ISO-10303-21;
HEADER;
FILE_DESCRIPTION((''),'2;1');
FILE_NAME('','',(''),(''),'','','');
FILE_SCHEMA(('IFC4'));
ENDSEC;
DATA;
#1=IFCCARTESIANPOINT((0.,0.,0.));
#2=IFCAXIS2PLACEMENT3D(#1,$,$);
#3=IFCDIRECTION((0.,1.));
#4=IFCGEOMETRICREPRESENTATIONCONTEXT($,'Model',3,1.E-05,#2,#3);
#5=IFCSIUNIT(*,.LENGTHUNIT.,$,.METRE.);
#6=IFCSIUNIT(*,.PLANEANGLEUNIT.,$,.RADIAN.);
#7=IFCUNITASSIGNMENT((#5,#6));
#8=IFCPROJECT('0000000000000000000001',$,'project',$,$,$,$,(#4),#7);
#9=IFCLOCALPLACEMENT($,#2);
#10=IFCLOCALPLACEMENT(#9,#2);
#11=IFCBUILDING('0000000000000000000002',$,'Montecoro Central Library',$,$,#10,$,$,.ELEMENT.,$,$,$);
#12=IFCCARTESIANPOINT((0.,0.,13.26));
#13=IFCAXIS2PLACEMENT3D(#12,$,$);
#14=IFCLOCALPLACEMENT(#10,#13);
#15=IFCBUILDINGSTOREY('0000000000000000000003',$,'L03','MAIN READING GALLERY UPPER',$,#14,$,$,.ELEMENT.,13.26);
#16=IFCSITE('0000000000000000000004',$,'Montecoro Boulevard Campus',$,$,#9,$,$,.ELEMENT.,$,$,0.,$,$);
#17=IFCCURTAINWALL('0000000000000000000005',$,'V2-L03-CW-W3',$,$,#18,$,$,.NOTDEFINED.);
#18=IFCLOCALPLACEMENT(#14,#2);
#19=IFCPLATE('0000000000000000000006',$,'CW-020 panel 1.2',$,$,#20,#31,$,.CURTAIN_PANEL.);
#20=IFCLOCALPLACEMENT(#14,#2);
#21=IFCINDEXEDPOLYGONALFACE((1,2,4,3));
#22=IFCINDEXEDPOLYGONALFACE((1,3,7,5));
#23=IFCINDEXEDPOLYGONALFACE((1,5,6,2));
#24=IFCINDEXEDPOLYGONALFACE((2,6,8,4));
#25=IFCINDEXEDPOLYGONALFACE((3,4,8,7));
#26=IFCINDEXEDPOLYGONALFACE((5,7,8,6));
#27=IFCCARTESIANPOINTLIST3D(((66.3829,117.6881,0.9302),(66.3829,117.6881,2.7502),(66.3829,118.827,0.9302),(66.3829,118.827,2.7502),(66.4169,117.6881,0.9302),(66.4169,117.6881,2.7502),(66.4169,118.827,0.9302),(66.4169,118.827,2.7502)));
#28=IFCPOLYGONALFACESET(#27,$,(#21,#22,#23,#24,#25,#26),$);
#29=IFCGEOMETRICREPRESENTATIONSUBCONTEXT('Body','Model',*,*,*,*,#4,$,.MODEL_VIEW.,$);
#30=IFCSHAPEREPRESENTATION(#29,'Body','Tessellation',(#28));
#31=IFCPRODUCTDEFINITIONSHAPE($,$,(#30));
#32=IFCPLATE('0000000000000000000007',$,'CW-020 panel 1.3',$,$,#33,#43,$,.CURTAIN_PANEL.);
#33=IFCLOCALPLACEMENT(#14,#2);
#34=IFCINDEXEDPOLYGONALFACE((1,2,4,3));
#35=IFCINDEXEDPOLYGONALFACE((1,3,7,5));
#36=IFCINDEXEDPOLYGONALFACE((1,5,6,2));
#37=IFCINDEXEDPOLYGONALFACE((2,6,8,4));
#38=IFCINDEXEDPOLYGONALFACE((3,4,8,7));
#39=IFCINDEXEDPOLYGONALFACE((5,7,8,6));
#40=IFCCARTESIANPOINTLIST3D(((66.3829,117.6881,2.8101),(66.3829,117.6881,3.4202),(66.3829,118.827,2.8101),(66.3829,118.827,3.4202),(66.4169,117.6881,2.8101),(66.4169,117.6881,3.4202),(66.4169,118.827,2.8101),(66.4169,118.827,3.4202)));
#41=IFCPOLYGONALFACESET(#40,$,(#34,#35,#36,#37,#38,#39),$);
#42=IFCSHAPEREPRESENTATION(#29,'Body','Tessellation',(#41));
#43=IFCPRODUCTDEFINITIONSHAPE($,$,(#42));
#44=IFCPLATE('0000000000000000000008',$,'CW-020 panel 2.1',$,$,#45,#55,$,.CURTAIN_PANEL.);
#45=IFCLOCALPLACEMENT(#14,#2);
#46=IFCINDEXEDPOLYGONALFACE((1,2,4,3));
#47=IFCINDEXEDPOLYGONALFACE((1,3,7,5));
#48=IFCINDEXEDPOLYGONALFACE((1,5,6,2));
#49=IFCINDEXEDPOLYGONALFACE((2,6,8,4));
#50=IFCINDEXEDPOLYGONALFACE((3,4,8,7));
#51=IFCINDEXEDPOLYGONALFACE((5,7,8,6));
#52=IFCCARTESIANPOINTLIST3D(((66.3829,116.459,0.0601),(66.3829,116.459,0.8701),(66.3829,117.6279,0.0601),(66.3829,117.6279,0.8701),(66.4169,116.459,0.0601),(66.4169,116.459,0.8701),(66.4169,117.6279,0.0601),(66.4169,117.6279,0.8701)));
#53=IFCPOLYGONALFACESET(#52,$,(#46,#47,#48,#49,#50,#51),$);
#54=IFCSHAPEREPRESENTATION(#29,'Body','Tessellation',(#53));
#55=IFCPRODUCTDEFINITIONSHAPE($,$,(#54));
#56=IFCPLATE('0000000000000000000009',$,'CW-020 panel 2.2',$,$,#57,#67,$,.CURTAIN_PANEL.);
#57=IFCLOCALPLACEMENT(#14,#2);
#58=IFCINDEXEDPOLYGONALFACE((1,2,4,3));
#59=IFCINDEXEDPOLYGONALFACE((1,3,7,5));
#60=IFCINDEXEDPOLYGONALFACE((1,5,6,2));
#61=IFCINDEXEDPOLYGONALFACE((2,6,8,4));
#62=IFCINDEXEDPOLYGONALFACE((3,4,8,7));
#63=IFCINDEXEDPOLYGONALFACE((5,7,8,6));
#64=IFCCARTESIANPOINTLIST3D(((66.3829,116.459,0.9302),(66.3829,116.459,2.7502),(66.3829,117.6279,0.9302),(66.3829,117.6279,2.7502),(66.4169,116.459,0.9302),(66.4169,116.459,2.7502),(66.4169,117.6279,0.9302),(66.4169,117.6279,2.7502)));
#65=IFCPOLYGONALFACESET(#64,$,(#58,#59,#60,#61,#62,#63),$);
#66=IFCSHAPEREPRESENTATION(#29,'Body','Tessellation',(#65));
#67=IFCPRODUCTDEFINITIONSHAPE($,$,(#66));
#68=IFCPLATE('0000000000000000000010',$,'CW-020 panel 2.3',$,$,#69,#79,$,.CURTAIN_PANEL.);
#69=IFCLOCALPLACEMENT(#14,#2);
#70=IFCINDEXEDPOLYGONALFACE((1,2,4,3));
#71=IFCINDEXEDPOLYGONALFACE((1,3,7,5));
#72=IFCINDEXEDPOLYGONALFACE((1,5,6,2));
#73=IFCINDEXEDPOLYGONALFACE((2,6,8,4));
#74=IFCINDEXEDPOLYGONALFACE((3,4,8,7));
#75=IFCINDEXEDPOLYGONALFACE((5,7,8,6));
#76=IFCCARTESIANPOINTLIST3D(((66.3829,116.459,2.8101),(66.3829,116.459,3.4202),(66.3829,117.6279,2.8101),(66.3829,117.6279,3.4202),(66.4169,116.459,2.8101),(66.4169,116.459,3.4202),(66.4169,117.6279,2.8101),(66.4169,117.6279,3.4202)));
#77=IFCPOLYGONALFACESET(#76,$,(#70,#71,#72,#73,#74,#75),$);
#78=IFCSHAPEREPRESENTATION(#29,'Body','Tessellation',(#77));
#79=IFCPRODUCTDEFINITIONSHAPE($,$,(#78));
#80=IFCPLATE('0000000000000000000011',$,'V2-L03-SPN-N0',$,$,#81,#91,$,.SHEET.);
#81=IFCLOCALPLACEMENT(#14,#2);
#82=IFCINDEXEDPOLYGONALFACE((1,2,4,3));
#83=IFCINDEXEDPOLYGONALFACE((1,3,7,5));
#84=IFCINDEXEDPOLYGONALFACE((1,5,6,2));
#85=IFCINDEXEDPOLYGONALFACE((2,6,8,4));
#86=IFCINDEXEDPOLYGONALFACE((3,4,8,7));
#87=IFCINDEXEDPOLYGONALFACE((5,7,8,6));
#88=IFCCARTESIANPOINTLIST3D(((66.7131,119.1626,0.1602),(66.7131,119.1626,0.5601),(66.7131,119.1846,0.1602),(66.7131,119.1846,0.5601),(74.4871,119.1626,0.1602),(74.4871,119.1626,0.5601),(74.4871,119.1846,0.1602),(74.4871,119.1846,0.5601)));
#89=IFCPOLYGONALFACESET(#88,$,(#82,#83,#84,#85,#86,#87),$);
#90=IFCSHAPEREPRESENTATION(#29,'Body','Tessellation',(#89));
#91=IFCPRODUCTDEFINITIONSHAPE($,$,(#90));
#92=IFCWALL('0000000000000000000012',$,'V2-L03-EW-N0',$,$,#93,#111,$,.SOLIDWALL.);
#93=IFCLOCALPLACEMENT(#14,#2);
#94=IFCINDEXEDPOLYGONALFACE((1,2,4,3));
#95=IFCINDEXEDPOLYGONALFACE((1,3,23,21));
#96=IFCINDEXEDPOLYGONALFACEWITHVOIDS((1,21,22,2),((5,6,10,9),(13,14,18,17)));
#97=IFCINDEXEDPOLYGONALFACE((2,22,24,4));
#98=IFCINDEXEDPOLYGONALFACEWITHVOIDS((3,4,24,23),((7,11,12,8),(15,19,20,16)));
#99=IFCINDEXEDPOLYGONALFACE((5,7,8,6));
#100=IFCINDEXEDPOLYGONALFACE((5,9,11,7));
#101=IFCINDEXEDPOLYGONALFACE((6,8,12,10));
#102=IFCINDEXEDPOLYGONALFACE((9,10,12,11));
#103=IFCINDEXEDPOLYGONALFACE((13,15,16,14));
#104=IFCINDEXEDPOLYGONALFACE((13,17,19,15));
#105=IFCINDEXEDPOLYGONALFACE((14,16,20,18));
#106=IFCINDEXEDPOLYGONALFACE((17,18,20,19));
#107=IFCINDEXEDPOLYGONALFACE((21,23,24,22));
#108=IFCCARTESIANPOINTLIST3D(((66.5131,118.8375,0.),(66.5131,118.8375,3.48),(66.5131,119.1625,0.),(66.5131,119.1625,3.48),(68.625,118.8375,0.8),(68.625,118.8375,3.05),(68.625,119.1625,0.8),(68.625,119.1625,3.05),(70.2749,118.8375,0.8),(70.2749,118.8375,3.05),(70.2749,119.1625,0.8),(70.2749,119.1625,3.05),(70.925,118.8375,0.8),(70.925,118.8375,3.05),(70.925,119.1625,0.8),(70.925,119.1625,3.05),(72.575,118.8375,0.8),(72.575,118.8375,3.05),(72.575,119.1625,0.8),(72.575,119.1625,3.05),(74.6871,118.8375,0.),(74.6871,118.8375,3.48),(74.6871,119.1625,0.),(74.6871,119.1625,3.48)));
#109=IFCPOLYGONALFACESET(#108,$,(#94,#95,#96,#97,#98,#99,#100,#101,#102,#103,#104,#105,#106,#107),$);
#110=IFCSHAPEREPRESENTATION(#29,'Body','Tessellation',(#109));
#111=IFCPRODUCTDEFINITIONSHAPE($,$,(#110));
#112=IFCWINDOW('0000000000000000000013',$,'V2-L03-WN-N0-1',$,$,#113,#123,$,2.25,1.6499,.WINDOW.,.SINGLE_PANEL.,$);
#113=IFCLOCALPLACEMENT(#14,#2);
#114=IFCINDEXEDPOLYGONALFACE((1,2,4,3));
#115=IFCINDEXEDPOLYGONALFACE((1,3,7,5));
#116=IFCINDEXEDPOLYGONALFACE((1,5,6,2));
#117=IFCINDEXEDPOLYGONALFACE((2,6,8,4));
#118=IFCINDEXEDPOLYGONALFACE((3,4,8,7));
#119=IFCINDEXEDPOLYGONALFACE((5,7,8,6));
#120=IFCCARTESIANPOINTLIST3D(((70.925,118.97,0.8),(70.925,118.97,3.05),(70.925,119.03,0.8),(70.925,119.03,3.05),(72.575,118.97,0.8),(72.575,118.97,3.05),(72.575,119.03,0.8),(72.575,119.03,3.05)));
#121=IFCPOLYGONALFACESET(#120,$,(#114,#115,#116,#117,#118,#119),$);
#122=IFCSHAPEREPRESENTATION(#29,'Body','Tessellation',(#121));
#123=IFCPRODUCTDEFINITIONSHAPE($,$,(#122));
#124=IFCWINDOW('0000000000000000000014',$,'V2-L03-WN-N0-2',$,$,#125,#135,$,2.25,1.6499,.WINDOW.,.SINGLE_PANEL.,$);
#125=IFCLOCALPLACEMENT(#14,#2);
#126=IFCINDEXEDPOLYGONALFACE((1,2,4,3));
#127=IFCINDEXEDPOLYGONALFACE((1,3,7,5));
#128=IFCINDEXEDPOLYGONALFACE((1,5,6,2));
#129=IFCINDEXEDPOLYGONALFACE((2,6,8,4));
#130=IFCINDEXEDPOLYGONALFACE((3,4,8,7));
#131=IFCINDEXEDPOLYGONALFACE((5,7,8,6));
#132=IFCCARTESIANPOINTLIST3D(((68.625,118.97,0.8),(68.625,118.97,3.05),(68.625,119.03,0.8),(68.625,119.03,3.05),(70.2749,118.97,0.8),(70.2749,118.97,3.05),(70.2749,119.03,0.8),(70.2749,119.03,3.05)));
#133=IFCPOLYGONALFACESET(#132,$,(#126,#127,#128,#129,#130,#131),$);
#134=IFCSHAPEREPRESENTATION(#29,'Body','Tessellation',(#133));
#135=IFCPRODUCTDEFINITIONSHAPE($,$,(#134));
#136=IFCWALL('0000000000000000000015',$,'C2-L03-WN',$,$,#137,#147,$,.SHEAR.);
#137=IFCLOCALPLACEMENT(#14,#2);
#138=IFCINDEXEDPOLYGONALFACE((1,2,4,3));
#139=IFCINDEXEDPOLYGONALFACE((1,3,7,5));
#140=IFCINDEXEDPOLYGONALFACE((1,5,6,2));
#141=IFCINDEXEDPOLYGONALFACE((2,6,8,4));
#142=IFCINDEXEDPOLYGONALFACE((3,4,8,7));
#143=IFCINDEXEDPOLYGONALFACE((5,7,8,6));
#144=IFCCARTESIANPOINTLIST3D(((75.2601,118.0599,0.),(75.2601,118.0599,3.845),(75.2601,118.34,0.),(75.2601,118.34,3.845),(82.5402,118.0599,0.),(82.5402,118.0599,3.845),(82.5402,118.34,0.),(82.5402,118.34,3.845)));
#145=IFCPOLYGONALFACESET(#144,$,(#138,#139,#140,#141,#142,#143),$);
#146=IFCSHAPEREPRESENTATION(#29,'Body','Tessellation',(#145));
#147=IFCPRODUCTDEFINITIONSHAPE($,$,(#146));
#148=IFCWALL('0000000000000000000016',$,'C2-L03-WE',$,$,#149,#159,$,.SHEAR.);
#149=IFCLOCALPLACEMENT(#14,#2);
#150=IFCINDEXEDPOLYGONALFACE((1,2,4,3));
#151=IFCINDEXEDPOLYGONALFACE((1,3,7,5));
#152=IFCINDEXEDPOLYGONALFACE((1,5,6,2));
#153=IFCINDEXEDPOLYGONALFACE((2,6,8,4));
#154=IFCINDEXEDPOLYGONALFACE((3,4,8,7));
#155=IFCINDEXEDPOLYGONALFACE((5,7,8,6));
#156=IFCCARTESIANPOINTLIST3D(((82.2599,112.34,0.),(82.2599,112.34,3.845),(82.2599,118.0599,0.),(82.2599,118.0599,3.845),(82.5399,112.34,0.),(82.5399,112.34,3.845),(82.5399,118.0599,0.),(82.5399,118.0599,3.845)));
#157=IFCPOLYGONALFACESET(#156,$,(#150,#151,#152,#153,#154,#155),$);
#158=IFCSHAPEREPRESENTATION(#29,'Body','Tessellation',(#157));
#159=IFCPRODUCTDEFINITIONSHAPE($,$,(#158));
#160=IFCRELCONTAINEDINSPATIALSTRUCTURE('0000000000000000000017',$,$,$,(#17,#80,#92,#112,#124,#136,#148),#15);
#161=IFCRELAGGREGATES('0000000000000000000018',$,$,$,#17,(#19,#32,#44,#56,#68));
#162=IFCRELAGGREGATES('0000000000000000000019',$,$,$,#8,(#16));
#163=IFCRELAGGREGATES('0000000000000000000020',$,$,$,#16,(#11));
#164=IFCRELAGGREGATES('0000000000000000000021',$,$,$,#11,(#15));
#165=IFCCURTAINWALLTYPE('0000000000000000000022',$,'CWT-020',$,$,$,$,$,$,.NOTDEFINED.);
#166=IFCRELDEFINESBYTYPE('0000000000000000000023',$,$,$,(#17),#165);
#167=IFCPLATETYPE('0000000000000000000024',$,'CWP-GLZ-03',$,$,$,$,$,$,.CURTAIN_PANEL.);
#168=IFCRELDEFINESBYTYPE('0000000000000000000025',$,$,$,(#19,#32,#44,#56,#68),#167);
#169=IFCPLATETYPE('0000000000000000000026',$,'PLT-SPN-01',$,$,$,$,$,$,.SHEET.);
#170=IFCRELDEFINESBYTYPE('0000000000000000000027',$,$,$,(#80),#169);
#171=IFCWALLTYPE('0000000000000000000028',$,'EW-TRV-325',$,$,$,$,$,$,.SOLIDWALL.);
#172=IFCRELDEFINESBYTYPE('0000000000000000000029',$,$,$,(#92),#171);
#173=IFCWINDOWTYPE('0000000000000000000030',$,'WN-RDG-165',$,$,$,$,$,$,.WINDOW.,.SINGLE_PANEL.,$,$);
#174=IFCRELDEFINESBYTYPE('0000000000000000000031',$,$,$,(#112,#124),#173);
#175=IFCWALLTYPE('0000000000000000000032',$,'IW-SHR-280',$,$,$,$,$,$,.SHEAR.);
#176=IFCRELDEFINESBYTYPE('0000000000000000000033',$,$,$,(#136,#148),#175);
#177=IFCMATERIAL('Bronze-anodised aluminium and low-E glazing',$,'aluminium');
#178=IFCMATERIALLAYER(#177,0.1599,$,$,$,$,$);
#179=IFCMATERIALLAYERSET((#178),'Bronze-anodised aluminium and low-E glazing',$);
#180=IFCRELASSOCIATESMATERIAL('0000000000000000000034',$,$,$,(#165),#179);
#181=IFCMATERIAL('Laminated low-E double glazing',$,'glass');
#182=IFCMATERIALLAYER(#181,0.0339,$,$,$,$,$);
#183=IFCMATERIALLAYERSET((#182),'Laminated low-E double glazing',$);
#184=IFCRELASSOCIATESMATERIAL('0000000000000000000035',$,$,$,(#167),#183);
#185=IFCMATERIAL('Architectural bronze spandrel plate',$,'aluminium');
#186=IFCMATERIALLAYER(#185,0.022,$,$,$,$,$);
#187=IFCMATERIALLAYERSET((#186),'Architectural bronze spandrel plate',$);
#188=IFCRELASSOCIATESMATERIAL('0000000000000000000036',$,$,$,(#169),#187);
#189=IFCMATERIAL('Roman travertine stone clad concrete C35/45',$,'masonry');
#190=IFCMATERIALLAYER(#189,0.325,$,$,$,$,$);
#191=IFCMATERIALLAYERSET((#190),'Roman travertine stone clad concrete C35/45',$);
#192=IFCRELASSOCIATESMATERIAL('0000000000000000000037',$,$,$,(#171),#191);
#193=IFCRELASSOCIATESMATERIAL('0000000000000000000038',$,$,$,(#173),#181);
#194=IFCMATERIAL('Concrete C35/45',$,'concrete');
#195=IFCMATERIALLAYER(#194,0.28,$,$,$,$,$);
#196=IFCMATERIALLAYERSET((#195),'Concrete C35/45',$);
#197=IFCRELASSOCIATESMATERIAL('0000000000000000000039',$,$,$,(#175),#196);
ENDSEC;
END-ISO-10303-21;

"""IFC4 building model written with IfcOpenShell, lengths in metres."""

from ifc_helpers import new_model, si_unit, direction, frame, frame_2d, origin, origin_2d, place, context, subcontext, project, spatial, rectangle, extrude, material, layer, layer_set, type_object, element, fill, aggregate, save


model = new_model("IFC4")

# Units and contexts
model_context = context("Model", 3, precision=1e-05, world=origin(), true_north=direction((0.0, 1.0)))
body_context = subcontext(model_context, "Body", "Model", "MODEL_VIEW")
ifc_project = project(units=[si_unit("LENGTHUNIT", "METRE"), si_unit("PLANEANGLEUNIT", "RADIAN")], contexts=[model_context])

# Site, building, storey
site_placement = place(None, origin())
site = spatial("IfcSite", under=ifc_project, at=site_placement, Name="Montecoro Boulevard Campus", CompositionType="ELEMENT", RefElevation=0.0)
building_placement = place(site_placement, origin())
building = spatial("IfcBuilding", under=site, at=building_placement, Name="Montecoro Central Library", CompositionType="ELEMENT")
storey_placement = place(building_placement, frame((0.0, 0.0, 13.26)))
storey = spatial("IfcBuildingStorey", under=building, at=storey_placement, Name="L03", Description="MAIN READING GALLERY UPPER", CompositionType="ELEMENT", Elevation=13.26)

# Shared definitions
ifc_material_1 = material(Name="Concrete C35/45", Category="concrete")

# Curtain wall
ifc_material_2 = material(Name="Bronze-anodised aluminium and low-E glazing", Category="aluminium")
ifc_layer_1 = layer(ifc_material_2, 0.1599)
ifc_layer_set_1 = layer_set([ifc_layer_1], Name="Bronze-anodised aluminium and low-E glazing")
curtain_wall_type = type_object("IfcCurtainWallType", Name="CWT-020", PredefinedType="NOTDEFINED", material=ifc_layer_set_1)
curtain_wall_placement = place(storey_placement, origin())
curtain_wall = element("IfcCurtainWall", 1, at=curtain_wall_placement, inside=storey, type_object=curtain_wall_type, Name="V2-L03-CW-W3", PredefinedType="NOTDEFINED")

# Plates
ifc_material_3 = material(Name="Laminated low-E double glazing", Category="glass")
ifc_layer_2 = layer(ifc_material_3, 0.0339)
ifc_layer_set_2 = layer_set([ifc_layer_2], Name="Laminated low-E double glazing")
plate_type_1 = type_object("IfcPlateType", Name="CWP-GLZ-03", PredefinedType="CURTAIN_PANEL", material=ifc_layer_set_2)
plate_1_placement = place(storey_placement, frame((66.3999, 118.2576, 0.9302), z_axis=(0.0, 0.0, 1.0), x_axis=(0.0, -1.0, 0.0)))
plate_1 = element("IfcPlate", 2, at=plate_1_placement, type_object=plate_type_1, Name="CW-020 panel 1.2", PredefinedType="CURTAIN_PANEL", context=body_context, shape_type="SweptSolid", body=[
    extrude(rectangle(XDim=1.1389, YDim=0.0339, at=origin_2d()), origin(), (0.0, 0.0, 1.0), 1.8201),
])
plate_2_placement = place(storey_placement, frame((66.3999, 118.2576, 2.8101), z_axis=(0.0, 0.0, 1.0), x_axis=(0.0, -1.0, 0.0)))
plate_2 = element("IfcPlate", 3, at=plate_2_placement, type_object=plate_type_1, Name="CW-020 panel 1.3", PredefinedType="CURTAIN_PANEL", context=body_context, shape_type="SweptSolid", body=[
    extrude(rectangle(XDim=1.1389, YDim=0.0339, at=origin_2d()), origin(), (0.0, 0.0, 1.0), 0.6101),
])
plate_3_placement = place(storey_placement, frame((66.3999, 117.0435, 0.0601), z_axis=(0.0, 0.0, 1.0), x_axis=(0.0, -1.0, 0.0)))
plate_3 = element("IfcPlate", 4, at=plate_3_placement, type_object=plate_type_1, Name="CW-020 panel 2.1", PredefinedType="CURTAIN_PANEL", context=body_context, shape_type="SweptSolid", body=[
    extrude(rectangle(XDim=1.1689, YDim=0.0339, at=origin_2d()), origin(), (0.0, 0.0, 1.0), 0.8101),
])
plate_4_placement = place(storey_placement, frame((66.3999, 117.0435, 0.9302), z_axis=(0.0, 0.0, 1.0), x_axis=(0.0, -1.0, 0.0)))
plate_4 = element("IfcPlate", 5, at=plate_4_placement, type_object=plate_type_1, Name="CW-020 panel 2.2", PredefinedType="CURTAIN_PANEL", context=body_context, shape_type="SweptSolid", body=[
    extrude(rectangle(XDim=1.1689, YDim=0.0339, at=origin_2d()), origin(), (0.0, 0.0, 1.0), 1.8201),
])
plate_5_placement = place(storey_placement, frame((66.3999, 117.0435, 2.8101), z_axis=(0.0, 0.0, 1.0), x_axis=(0.0, -1.0, 0.0)))
plate_5 = element("IfcPlate", 6, at=plate_5_placement, type_object=plate_type_1, Name="CW-020 panel 2.3", PredefinedType="CURTAIN_PANEL", context=body_context, shape_type="SweptSolid", body=[
    extrude(rectangle(XDim=1.1689, YDim=0.0339, at=origin_2d()), origin(), (0.0, 0.0, 1.0), 0.6101),
])
aggregate(curtain_wall, [plate_1, plate_2, plate_3, plate_4, plate_5])
ifc_material_4 = material(Name="Architectural bronze spandrel plate", Category="aluminium")
ifc_layer_3 = layer(ifc_material_4, 0.022)
ifc_layer_set_3 = layer_set([ifc_layer_3], Name="Architectural bronze spandrel plate")
plate_type_2 = type_object("IfcPlateType", Name="PLT-SPN-01", PredefinedType="SHEET", material=ifc_layer_set_3)
plate_6_placement = place(storey_placement, frame((70.6001, 119.1736, 0.1602), z_axis=(0.0, 0.0, 1.0), x_axis=(-1.0, 0.0, 0.0)))
element("IfcPlate", 7, at=plate_6_placement, inside=storey, type_object=plate_type_2, Name="V2-L03-SPN-N0", PredefinedType="SHEET", context=body_context, shape_type="SweptSolid", body=[
    extrude(rectangle(XDim=7.7739, YDim=0.022, at=origin_2d()), origin(), (0.0, 0.0, 1.0), 0.3999),
])

# Wall, openings, windows
ifc_material_5 = material(Name="Roman travertine stone clad concrete C35/45", Category="masonry")
ifc_layer_4 = layer(ifc_material_5, 0.325)
ifc_layer_set_4 = layer_set([ifc_layer_4], Name="Roman travertine stone clad concrete C35/45")
wall_type_1 = type_object("IfcWallType", Name="EW-TRV-325", PredefinedType="SOLIDWALL", material=ifc_layer_set_4)
wall_1_placement = place(storey_placement, frame((74.687, 119.0, 0.0), z_axis=(0.0, 0.0, 1.0), x_axis=(-1.0, 0.0, 0.0)))
wall_1 = element("IfcWall", 8, at=wall_1_placement, inside=storey, type_object=wall_type_1, Name="V2-L03-EW-N0", PredefinedType="SOLIDWALL", context=body_context, shape_type="SweptSolid", body=[
    extrude(rectangle(XDim=8.1741, YDim=0.325, at=frame_2d((4.0869, 0.0))), origin(), (0.0, 0.0, 1.0), 3.48),
])
opening_1_placement = place(wall_1_placement, frame((2.1121, 0.0, 0.8)))
opening_1 = element("IfcOpeningElement", 9, at=opening_1_placement, cuts=wall_1, PredefinedType="OPENING", context=body_context, shape_type="SweptSolid", body=[
    extrude(rectangle(XDim=1.6499, YDim=2.25, at=frame_2d((0.825, 1.125))), frame((0.0, 0.1724, 0.0), z_axis=(0.0, -1.0, 0.0), x_axis=(1.0, 0.0, 0.0)), (0.0, 0.0, 1.0), 0.345),
])
opening_2_placement = place(wall_1_placement, frame((4.4121, 0.0, 0.8)))
opening_2 = element("IfcOpeningElement", 10, at=opening_2_placement, cuts=wall_1, PredefinedType="OPENING", context=body_context, shape_type="SweptSolid", body=[
    extrude(rectangle(XDim=1.6499, YDim=2.25, at=frame_2d((0.825, 1.125))), frame((0.0, 0.1724, 0.0), z_axis=(0.0, -1.0, 0.0), x_axis=(1.0, 0.0, 0.0)), (0.0, 0.0, 1.0), 0.345),
])
window_type = type_object("IfcWindowType", Name="WN-RDG-165", PartitioningType="SINGLE_PANEL", PredefinedType="WINDOW", material=ifc_material_3)
window_1_placement = place(opening_1_placement, origin())
window_1 = element("IfcWindow", 11, at=window_1_placement, inside=storey, type_object=window_type, Name="V2-L03-WN-N0-1", OverallHeight=2.25, OverallWidth=1.6499, PartitioningType="SINGLE_PANEL", PredefinedType="WINDOW", context=body_context, shape_type="SweptSolid", body=[
    extrude(rectangle(XDim=1.6499, YDim=2.25, at=frame_2d((0.825, 1.125))), frame((0.0, 0.03, 0.0), z_axis=(0.0, -1.0, 0.0), x_axis=(1.0, 0.0, 0.0)), (0.0, 0.0, 1.0), 0.0601),
])
fill(opening_1, window_1)
window_2_placement = place(opening_2_placement, origin())
window_2 = element("IfcWindow", 12, at=window_2_placement, inside=storey, type_object=window_type, Name="V2-L03-WN-N0-2", OverallHeight=2.25, OverallWidth=1.6499, PartitioningType="SINGLE_PANEL", PredefinedType="WINDOW", context=body_context, shape_type="SweptSolid", body=[
    extrude(rectangle(XDim=1.6499, YDim=2.25, at=frame_2d((0.825, 1.125))), frame((0.0, 0.03, 0.0), z_axis=(0.0, -1.0, 0.0), x_axis=(1.0, 0.0, 0.0)), (0.0, 0.0, 1.0), 0.0601),
])
fill(opening_2, window_2)

# Walls
ifc_layer_5 = layer(ifc_material_1, 0.28)
ifc_layer_set_5 = layer_set([ifc_layer_5], Name="Concrete C35/45")
wall_type_2 = type_object("IfcWallType", Name="IW-SHR-280", PredefinedType="SHEAR", material=ifc_layer_set_5)
wall_2_placement = place(storey_placement, frame((75.26, 118.2, 0.0), z_axis=(0.0, 0.0, 1.0), x_axis=(1.0, 0.0, 0.0)))
element("IfcWall", 13, at=wall_2_placement, inside=storey, type_object=wall_type_2, Name="C2-L03-WN", PredefinedType="SHEAR", context=body_context, shape_type="SweptSolid", body=[
    extrude(rectangle(XDim=7.28, YDim=0.28, at=frame_2d((3.6401, 0.0))), origin(), (0.0, 0.0, 1.0), 3.845),
])
wall_3_placement = place(storey_placement, frame((82.3999, 112.3401, 0.0), z_axis=(0.0, 0.0, 1.0), x_axis=(0.0, 1.0, 0.0)))
element("IfcWall", 14, at=wall_3_placement, inside=storey, type_object=wall_type_2, Name="C2-L03-WE", PredefinedType="SHEAR", context=body_context, shape_type="SweptSolid", body=[
    extrude(rectangle(XDim=5.72, YDim=0.28, at=frame_2d((2.8599, 0.0))), origin(), (0.0, 0.0, 1.0), 3.845),
])

save(model, "model.ifc")
